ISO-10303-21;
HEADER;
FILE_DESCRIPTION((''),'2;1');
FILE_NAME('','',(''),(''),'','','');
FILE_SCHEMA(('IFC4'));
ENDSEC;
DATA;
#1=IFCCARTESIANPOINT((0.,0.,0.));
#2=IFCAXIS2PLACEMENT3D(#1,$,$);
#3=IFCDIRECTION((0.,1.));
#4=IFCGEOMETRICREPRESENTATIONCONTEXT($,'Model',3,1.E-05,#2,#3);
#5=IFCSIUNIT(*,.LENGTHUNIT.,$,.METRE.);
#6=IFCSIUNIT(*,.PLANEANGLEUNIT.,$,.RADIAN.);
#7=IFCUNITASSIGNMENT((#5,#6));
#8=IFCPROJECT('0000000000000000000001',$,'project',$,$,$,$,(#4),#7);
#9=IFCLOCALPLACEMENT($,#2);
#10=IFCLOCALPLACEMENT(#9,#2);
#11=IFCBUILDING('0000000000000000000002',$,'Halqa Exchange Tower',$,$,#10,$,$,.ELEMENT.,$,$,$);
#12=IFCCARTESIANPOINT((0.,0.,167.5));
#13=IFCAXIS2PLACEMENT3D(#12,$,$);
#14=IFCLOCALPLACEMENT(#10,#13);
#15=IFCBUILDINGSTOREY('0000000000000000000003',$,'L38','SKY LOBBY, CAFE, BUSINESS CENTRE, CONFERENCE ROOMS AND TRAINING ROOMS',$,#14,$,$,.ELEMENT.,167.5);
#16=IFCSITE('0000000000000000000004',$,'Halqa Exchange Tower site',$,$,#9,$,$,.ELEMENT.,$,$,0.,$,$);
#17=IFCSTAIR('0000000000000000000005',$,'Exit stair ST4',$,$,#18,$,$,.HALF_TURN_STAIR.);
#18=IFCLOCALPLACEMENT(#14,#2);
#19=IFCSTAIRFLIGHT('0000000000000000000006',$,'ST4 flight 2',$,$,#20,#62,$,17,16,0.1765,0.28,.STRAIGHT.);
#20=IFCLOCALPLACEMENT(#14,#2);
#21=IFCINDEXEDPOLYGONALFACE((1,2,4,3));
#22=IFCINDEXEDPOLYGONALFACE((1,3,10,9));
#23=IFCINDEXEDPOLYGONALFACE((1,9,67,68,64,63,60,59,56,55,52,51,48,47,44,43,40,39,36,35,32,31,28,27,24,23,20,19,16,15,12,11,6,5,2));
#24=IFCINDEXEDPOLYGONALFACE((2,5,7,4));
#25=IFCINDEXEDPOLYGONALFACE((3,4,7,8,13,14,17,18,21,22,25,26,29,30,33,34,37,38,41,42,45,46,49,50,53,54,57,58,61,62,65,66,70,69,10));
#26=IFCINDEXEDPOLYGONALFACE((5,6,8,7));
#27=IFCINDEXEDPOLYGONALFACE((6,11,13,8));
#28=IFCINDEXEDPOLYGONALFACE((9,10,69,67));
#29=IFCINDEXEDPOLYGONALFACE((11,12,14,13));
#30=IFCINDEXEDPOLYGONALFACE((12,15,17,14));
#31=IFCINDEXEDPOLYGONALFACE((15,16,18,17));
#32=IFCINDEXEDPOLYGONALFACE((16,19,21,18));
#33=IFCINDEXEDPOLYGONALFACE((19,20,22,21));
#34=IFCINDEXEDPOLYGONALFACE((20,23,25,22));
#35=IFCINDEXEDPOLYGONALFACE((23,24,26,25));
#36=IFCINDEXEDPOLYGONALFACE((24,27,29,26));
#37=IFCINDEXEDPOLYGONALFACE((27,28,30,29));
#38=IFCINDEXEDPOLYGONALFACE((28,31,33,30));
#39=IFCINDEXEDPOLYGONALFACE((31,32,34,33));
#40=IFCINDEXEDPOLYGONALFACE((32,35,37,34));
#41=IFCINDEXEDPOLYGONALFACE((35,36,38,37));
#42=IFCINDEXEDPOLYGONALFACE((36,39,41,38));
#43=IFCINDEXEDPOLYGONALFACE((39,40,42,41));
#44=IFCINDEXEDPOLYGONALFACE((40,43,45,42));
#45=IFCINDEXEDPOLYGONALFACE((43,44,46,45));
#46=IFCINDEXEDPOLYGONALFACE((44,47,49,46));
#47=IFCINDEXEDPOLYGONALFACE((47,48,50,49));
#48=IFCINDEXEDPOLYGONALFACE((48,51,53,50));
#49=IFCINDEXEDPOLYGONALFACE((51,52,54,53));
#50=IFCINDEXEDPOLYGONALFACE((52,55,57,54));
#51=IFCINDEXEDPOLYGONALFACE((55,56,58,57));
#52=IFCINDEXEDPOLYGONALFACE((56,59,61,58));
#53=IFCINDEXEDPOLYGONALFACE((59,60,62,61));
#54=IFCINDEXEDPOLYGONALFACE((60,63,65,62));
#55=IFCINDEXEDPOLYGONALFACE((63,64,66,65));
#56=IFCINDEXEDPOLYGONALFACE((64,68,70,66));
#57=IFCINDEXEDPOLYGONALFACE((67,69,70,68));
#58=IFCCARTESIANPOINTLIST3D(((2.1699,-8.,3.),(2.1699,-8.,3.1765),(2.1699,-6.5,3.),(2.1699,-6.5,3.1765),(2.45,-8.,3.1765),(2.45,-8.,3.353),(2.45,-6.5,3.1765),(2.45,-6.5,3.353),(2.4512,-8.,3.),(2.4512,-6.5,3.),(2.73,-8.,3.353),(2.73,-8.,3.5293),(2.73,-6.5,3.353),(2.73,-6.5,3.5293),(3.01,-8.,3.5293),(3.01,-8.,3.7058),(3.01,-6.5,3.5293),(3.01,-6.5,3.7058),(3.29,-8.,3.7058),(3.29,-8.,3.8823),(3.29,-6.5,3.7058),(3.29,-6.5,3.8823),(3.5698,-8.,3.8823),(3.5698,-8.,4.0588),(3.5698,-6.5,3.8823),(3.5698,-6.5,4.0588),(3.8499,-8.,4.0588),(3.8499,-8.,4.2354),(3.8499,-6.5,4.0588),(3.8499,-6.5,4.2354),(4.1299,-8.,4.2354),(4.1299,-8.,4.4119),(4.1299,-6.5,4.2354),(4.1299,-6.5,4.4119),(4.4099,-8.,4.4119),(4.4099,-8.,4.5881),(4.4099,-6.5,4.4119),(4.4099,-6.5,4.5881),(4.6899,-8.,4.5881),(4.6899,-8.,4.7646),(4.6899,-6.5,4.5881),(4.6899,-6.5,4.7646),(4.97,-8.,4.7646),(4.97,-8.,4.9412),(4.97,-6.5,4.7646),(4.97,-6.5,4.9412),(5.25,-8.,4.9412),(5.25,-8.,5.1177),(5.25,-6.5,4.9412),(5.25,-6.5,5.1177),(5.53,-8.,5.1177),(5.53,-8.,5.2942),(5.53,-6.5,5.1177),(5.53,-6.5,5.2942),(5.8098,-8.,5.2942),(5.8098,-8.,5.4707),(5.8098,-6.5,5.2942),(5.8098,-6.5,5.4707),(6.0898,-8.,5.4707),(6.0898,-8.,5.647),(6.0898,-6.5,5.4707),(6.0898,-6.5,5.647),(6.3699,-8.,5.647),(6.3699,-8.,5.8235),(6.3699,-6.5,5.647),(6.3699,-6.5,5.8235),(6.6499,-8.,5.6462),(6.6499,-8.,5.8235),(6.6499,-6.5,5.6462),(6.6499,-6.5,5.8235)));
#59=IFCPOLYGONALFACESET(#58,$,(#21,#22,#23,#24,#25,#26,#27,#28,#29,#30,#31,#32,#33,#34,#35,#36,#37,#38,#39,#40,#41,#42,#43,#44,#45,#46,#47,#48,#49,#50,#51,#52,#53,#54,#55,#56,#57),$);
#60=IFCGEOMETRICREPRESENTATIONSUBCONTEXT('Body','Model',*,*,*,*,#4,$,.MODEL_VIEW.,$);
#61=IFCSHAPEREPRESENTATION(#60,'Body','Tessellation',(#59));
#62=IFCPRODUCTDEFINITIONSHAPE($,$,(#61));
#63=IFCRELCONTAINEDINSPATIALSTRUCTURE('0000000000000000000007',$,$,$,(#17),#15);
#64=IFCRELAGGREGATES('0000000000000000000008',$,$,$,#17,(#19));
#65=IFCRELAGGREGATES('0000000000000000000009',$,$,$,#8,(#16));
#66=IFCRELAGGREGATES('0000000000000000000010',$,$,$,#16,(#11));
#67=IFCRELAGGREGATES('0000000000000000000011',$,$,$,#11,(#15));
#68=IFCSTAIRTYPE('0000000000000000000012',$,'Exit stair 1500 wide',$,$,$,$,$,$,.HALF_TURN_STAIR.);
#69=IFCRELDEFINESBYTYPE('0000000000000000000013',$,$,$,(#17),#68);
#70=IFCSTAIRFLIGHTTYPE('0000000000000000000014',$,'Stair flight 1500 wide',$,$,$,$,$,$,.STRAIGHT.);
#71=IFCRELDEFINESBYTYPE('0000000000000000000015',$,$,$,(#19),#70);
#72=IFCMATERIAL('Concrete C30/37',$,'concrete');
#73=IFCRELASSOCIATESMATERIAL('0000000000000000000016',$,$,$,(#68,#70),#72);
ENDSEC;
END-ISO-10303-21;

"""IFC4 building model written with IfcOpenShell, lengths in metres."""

from ifc_helpers import new_model, si_unit, direction, frame, origin, place, context, subcontext, project, spatial, polyline, outline, extrude, material, type_object, element, aggregate, save


model = new_model("IFC4")

# Units and contexts
model_context = context("Model", 3, precision=1e-05, world=origin(), true_north=direction((0.0, 1.0)))
body_context = subcontext(model_context, "Body", "Model", "MODEL_VIEW")
ifc_project = project(units=[si_unit("LENGTHUNIT", "METRE"), si_unit("PLANEANGLEUNIT", "RADIAN")], contexts=[model_context])

# Site, building, storey
site_placement = place(None, origin())
site = spatial("IfcSite", under=ifc_project, at=site_placement, Name="Halqa Exchange Tower site", CompositionType="ELEMENT", RefElevation=0.0)
building_placement = place(site_placement, origin())
building = spatial("IfcBuilding", under=site, at=building_placement, Name="Halqa Exchange Tower", CompositionType="ELEMENT")
storey_placement = place(building_placement, frame((0.0, 0.0, 167.5)))
storey = spatial("IfcBuildingStorey", under=building, at=storey_placement, Name="L38", Description="SKY LOBBY, CAFE, BUSINESS CENTRE, CONFERENCE ROOMS AND TRAINING ROOMS", CompositionType="ELEMENT", Elevation=167.5)

# Shared definitions
ifc_material_1 = material(Name="Concrete C30/37", Category="concrete")
stair_type = type_object("IfcStairType", Name="Exit stair 1500 wide", PredefinedType="HALF_TURN_STAIR", material=ifc_material_1)

# Stair, stair flight
stair_1_placement = place(storey_placement, origin())
stair_1 = element("IfcStair", 1, at=stair_1_placement, inside=storey, type_object=stair_type, Name="Exit stair ST4", PredefinedType="HALF_TURN_STAIR")
stair_flight_type = type_object("IfcStairFlightType", Name="Stair flight 1500 wide", PredefinedType="STRAIGHT", material=ifc_material_1)
stair_flight_placement = place(storey_placement, frame((2.1699, -7.25, 3.0), z_axis=(0.0, 0.0, 1.0), x_axis=(1.0, 0.0, 0.0)))
stair_flight = element("IfcStairFlight", 2, at=stair_flight_placement, type_object=stair_flight_type, Name="ST4 flight 2", NumberOfRisers=17, NumberOfTreads=16, PredefinedType="STRAIGHT", RiserHeight=0.1765, TreadLength=0.28, context=body_context, shape_type="SweptSolid", body=[
    extrude(outline(polyline([(0.0, 0.0), (0.0, 0.1765), (0.28, 0.1765), (0.28, 0.353), (0.5601, 0.353), (0.5601, 0.5293), (0.8401, 0.5293), (0.8401, 0.7058), (1.1201, 0.7058), (1.1201, 0.8823), (1.3999, 0.8823), (1.3999, 1.0588), (1.6799, 1.0588), (1.6799, 1.2354), (1.96, 1.2354), (1.96, 1.4119), (2.24, 1.4119), (2.24, 1.5881), (2.52, 1.5881), (2.52, 1.7646), (2.8, 1.7646), (2.8, 1.9412), (3.0801, 1.9412), (3.0801, 2.1177), (3.3601, 2.1177), (3.3601, 2.2942), (3.6399, 2.2942), (3.6399, 2.4707), (3.9199, 2.4707), (3.9199, 2.647), (4.2, 2.647), (4.2, 2.8235), (4.48, 2.8235), (4.48, 3.0), (4.48, 2.6462), (0.2812, 0.0), (0.0, 0.0)])), frame((0.0, 0.75, 0.0), z_axis=(0.0, -1.0, 0.0), x_axis=(1.0, 0.0, 0.0)), (0.0, 0.0, 1.0), 1.5),
])
aggregate(stair_1, [stair_flight])

save(model, "model.ifc")
